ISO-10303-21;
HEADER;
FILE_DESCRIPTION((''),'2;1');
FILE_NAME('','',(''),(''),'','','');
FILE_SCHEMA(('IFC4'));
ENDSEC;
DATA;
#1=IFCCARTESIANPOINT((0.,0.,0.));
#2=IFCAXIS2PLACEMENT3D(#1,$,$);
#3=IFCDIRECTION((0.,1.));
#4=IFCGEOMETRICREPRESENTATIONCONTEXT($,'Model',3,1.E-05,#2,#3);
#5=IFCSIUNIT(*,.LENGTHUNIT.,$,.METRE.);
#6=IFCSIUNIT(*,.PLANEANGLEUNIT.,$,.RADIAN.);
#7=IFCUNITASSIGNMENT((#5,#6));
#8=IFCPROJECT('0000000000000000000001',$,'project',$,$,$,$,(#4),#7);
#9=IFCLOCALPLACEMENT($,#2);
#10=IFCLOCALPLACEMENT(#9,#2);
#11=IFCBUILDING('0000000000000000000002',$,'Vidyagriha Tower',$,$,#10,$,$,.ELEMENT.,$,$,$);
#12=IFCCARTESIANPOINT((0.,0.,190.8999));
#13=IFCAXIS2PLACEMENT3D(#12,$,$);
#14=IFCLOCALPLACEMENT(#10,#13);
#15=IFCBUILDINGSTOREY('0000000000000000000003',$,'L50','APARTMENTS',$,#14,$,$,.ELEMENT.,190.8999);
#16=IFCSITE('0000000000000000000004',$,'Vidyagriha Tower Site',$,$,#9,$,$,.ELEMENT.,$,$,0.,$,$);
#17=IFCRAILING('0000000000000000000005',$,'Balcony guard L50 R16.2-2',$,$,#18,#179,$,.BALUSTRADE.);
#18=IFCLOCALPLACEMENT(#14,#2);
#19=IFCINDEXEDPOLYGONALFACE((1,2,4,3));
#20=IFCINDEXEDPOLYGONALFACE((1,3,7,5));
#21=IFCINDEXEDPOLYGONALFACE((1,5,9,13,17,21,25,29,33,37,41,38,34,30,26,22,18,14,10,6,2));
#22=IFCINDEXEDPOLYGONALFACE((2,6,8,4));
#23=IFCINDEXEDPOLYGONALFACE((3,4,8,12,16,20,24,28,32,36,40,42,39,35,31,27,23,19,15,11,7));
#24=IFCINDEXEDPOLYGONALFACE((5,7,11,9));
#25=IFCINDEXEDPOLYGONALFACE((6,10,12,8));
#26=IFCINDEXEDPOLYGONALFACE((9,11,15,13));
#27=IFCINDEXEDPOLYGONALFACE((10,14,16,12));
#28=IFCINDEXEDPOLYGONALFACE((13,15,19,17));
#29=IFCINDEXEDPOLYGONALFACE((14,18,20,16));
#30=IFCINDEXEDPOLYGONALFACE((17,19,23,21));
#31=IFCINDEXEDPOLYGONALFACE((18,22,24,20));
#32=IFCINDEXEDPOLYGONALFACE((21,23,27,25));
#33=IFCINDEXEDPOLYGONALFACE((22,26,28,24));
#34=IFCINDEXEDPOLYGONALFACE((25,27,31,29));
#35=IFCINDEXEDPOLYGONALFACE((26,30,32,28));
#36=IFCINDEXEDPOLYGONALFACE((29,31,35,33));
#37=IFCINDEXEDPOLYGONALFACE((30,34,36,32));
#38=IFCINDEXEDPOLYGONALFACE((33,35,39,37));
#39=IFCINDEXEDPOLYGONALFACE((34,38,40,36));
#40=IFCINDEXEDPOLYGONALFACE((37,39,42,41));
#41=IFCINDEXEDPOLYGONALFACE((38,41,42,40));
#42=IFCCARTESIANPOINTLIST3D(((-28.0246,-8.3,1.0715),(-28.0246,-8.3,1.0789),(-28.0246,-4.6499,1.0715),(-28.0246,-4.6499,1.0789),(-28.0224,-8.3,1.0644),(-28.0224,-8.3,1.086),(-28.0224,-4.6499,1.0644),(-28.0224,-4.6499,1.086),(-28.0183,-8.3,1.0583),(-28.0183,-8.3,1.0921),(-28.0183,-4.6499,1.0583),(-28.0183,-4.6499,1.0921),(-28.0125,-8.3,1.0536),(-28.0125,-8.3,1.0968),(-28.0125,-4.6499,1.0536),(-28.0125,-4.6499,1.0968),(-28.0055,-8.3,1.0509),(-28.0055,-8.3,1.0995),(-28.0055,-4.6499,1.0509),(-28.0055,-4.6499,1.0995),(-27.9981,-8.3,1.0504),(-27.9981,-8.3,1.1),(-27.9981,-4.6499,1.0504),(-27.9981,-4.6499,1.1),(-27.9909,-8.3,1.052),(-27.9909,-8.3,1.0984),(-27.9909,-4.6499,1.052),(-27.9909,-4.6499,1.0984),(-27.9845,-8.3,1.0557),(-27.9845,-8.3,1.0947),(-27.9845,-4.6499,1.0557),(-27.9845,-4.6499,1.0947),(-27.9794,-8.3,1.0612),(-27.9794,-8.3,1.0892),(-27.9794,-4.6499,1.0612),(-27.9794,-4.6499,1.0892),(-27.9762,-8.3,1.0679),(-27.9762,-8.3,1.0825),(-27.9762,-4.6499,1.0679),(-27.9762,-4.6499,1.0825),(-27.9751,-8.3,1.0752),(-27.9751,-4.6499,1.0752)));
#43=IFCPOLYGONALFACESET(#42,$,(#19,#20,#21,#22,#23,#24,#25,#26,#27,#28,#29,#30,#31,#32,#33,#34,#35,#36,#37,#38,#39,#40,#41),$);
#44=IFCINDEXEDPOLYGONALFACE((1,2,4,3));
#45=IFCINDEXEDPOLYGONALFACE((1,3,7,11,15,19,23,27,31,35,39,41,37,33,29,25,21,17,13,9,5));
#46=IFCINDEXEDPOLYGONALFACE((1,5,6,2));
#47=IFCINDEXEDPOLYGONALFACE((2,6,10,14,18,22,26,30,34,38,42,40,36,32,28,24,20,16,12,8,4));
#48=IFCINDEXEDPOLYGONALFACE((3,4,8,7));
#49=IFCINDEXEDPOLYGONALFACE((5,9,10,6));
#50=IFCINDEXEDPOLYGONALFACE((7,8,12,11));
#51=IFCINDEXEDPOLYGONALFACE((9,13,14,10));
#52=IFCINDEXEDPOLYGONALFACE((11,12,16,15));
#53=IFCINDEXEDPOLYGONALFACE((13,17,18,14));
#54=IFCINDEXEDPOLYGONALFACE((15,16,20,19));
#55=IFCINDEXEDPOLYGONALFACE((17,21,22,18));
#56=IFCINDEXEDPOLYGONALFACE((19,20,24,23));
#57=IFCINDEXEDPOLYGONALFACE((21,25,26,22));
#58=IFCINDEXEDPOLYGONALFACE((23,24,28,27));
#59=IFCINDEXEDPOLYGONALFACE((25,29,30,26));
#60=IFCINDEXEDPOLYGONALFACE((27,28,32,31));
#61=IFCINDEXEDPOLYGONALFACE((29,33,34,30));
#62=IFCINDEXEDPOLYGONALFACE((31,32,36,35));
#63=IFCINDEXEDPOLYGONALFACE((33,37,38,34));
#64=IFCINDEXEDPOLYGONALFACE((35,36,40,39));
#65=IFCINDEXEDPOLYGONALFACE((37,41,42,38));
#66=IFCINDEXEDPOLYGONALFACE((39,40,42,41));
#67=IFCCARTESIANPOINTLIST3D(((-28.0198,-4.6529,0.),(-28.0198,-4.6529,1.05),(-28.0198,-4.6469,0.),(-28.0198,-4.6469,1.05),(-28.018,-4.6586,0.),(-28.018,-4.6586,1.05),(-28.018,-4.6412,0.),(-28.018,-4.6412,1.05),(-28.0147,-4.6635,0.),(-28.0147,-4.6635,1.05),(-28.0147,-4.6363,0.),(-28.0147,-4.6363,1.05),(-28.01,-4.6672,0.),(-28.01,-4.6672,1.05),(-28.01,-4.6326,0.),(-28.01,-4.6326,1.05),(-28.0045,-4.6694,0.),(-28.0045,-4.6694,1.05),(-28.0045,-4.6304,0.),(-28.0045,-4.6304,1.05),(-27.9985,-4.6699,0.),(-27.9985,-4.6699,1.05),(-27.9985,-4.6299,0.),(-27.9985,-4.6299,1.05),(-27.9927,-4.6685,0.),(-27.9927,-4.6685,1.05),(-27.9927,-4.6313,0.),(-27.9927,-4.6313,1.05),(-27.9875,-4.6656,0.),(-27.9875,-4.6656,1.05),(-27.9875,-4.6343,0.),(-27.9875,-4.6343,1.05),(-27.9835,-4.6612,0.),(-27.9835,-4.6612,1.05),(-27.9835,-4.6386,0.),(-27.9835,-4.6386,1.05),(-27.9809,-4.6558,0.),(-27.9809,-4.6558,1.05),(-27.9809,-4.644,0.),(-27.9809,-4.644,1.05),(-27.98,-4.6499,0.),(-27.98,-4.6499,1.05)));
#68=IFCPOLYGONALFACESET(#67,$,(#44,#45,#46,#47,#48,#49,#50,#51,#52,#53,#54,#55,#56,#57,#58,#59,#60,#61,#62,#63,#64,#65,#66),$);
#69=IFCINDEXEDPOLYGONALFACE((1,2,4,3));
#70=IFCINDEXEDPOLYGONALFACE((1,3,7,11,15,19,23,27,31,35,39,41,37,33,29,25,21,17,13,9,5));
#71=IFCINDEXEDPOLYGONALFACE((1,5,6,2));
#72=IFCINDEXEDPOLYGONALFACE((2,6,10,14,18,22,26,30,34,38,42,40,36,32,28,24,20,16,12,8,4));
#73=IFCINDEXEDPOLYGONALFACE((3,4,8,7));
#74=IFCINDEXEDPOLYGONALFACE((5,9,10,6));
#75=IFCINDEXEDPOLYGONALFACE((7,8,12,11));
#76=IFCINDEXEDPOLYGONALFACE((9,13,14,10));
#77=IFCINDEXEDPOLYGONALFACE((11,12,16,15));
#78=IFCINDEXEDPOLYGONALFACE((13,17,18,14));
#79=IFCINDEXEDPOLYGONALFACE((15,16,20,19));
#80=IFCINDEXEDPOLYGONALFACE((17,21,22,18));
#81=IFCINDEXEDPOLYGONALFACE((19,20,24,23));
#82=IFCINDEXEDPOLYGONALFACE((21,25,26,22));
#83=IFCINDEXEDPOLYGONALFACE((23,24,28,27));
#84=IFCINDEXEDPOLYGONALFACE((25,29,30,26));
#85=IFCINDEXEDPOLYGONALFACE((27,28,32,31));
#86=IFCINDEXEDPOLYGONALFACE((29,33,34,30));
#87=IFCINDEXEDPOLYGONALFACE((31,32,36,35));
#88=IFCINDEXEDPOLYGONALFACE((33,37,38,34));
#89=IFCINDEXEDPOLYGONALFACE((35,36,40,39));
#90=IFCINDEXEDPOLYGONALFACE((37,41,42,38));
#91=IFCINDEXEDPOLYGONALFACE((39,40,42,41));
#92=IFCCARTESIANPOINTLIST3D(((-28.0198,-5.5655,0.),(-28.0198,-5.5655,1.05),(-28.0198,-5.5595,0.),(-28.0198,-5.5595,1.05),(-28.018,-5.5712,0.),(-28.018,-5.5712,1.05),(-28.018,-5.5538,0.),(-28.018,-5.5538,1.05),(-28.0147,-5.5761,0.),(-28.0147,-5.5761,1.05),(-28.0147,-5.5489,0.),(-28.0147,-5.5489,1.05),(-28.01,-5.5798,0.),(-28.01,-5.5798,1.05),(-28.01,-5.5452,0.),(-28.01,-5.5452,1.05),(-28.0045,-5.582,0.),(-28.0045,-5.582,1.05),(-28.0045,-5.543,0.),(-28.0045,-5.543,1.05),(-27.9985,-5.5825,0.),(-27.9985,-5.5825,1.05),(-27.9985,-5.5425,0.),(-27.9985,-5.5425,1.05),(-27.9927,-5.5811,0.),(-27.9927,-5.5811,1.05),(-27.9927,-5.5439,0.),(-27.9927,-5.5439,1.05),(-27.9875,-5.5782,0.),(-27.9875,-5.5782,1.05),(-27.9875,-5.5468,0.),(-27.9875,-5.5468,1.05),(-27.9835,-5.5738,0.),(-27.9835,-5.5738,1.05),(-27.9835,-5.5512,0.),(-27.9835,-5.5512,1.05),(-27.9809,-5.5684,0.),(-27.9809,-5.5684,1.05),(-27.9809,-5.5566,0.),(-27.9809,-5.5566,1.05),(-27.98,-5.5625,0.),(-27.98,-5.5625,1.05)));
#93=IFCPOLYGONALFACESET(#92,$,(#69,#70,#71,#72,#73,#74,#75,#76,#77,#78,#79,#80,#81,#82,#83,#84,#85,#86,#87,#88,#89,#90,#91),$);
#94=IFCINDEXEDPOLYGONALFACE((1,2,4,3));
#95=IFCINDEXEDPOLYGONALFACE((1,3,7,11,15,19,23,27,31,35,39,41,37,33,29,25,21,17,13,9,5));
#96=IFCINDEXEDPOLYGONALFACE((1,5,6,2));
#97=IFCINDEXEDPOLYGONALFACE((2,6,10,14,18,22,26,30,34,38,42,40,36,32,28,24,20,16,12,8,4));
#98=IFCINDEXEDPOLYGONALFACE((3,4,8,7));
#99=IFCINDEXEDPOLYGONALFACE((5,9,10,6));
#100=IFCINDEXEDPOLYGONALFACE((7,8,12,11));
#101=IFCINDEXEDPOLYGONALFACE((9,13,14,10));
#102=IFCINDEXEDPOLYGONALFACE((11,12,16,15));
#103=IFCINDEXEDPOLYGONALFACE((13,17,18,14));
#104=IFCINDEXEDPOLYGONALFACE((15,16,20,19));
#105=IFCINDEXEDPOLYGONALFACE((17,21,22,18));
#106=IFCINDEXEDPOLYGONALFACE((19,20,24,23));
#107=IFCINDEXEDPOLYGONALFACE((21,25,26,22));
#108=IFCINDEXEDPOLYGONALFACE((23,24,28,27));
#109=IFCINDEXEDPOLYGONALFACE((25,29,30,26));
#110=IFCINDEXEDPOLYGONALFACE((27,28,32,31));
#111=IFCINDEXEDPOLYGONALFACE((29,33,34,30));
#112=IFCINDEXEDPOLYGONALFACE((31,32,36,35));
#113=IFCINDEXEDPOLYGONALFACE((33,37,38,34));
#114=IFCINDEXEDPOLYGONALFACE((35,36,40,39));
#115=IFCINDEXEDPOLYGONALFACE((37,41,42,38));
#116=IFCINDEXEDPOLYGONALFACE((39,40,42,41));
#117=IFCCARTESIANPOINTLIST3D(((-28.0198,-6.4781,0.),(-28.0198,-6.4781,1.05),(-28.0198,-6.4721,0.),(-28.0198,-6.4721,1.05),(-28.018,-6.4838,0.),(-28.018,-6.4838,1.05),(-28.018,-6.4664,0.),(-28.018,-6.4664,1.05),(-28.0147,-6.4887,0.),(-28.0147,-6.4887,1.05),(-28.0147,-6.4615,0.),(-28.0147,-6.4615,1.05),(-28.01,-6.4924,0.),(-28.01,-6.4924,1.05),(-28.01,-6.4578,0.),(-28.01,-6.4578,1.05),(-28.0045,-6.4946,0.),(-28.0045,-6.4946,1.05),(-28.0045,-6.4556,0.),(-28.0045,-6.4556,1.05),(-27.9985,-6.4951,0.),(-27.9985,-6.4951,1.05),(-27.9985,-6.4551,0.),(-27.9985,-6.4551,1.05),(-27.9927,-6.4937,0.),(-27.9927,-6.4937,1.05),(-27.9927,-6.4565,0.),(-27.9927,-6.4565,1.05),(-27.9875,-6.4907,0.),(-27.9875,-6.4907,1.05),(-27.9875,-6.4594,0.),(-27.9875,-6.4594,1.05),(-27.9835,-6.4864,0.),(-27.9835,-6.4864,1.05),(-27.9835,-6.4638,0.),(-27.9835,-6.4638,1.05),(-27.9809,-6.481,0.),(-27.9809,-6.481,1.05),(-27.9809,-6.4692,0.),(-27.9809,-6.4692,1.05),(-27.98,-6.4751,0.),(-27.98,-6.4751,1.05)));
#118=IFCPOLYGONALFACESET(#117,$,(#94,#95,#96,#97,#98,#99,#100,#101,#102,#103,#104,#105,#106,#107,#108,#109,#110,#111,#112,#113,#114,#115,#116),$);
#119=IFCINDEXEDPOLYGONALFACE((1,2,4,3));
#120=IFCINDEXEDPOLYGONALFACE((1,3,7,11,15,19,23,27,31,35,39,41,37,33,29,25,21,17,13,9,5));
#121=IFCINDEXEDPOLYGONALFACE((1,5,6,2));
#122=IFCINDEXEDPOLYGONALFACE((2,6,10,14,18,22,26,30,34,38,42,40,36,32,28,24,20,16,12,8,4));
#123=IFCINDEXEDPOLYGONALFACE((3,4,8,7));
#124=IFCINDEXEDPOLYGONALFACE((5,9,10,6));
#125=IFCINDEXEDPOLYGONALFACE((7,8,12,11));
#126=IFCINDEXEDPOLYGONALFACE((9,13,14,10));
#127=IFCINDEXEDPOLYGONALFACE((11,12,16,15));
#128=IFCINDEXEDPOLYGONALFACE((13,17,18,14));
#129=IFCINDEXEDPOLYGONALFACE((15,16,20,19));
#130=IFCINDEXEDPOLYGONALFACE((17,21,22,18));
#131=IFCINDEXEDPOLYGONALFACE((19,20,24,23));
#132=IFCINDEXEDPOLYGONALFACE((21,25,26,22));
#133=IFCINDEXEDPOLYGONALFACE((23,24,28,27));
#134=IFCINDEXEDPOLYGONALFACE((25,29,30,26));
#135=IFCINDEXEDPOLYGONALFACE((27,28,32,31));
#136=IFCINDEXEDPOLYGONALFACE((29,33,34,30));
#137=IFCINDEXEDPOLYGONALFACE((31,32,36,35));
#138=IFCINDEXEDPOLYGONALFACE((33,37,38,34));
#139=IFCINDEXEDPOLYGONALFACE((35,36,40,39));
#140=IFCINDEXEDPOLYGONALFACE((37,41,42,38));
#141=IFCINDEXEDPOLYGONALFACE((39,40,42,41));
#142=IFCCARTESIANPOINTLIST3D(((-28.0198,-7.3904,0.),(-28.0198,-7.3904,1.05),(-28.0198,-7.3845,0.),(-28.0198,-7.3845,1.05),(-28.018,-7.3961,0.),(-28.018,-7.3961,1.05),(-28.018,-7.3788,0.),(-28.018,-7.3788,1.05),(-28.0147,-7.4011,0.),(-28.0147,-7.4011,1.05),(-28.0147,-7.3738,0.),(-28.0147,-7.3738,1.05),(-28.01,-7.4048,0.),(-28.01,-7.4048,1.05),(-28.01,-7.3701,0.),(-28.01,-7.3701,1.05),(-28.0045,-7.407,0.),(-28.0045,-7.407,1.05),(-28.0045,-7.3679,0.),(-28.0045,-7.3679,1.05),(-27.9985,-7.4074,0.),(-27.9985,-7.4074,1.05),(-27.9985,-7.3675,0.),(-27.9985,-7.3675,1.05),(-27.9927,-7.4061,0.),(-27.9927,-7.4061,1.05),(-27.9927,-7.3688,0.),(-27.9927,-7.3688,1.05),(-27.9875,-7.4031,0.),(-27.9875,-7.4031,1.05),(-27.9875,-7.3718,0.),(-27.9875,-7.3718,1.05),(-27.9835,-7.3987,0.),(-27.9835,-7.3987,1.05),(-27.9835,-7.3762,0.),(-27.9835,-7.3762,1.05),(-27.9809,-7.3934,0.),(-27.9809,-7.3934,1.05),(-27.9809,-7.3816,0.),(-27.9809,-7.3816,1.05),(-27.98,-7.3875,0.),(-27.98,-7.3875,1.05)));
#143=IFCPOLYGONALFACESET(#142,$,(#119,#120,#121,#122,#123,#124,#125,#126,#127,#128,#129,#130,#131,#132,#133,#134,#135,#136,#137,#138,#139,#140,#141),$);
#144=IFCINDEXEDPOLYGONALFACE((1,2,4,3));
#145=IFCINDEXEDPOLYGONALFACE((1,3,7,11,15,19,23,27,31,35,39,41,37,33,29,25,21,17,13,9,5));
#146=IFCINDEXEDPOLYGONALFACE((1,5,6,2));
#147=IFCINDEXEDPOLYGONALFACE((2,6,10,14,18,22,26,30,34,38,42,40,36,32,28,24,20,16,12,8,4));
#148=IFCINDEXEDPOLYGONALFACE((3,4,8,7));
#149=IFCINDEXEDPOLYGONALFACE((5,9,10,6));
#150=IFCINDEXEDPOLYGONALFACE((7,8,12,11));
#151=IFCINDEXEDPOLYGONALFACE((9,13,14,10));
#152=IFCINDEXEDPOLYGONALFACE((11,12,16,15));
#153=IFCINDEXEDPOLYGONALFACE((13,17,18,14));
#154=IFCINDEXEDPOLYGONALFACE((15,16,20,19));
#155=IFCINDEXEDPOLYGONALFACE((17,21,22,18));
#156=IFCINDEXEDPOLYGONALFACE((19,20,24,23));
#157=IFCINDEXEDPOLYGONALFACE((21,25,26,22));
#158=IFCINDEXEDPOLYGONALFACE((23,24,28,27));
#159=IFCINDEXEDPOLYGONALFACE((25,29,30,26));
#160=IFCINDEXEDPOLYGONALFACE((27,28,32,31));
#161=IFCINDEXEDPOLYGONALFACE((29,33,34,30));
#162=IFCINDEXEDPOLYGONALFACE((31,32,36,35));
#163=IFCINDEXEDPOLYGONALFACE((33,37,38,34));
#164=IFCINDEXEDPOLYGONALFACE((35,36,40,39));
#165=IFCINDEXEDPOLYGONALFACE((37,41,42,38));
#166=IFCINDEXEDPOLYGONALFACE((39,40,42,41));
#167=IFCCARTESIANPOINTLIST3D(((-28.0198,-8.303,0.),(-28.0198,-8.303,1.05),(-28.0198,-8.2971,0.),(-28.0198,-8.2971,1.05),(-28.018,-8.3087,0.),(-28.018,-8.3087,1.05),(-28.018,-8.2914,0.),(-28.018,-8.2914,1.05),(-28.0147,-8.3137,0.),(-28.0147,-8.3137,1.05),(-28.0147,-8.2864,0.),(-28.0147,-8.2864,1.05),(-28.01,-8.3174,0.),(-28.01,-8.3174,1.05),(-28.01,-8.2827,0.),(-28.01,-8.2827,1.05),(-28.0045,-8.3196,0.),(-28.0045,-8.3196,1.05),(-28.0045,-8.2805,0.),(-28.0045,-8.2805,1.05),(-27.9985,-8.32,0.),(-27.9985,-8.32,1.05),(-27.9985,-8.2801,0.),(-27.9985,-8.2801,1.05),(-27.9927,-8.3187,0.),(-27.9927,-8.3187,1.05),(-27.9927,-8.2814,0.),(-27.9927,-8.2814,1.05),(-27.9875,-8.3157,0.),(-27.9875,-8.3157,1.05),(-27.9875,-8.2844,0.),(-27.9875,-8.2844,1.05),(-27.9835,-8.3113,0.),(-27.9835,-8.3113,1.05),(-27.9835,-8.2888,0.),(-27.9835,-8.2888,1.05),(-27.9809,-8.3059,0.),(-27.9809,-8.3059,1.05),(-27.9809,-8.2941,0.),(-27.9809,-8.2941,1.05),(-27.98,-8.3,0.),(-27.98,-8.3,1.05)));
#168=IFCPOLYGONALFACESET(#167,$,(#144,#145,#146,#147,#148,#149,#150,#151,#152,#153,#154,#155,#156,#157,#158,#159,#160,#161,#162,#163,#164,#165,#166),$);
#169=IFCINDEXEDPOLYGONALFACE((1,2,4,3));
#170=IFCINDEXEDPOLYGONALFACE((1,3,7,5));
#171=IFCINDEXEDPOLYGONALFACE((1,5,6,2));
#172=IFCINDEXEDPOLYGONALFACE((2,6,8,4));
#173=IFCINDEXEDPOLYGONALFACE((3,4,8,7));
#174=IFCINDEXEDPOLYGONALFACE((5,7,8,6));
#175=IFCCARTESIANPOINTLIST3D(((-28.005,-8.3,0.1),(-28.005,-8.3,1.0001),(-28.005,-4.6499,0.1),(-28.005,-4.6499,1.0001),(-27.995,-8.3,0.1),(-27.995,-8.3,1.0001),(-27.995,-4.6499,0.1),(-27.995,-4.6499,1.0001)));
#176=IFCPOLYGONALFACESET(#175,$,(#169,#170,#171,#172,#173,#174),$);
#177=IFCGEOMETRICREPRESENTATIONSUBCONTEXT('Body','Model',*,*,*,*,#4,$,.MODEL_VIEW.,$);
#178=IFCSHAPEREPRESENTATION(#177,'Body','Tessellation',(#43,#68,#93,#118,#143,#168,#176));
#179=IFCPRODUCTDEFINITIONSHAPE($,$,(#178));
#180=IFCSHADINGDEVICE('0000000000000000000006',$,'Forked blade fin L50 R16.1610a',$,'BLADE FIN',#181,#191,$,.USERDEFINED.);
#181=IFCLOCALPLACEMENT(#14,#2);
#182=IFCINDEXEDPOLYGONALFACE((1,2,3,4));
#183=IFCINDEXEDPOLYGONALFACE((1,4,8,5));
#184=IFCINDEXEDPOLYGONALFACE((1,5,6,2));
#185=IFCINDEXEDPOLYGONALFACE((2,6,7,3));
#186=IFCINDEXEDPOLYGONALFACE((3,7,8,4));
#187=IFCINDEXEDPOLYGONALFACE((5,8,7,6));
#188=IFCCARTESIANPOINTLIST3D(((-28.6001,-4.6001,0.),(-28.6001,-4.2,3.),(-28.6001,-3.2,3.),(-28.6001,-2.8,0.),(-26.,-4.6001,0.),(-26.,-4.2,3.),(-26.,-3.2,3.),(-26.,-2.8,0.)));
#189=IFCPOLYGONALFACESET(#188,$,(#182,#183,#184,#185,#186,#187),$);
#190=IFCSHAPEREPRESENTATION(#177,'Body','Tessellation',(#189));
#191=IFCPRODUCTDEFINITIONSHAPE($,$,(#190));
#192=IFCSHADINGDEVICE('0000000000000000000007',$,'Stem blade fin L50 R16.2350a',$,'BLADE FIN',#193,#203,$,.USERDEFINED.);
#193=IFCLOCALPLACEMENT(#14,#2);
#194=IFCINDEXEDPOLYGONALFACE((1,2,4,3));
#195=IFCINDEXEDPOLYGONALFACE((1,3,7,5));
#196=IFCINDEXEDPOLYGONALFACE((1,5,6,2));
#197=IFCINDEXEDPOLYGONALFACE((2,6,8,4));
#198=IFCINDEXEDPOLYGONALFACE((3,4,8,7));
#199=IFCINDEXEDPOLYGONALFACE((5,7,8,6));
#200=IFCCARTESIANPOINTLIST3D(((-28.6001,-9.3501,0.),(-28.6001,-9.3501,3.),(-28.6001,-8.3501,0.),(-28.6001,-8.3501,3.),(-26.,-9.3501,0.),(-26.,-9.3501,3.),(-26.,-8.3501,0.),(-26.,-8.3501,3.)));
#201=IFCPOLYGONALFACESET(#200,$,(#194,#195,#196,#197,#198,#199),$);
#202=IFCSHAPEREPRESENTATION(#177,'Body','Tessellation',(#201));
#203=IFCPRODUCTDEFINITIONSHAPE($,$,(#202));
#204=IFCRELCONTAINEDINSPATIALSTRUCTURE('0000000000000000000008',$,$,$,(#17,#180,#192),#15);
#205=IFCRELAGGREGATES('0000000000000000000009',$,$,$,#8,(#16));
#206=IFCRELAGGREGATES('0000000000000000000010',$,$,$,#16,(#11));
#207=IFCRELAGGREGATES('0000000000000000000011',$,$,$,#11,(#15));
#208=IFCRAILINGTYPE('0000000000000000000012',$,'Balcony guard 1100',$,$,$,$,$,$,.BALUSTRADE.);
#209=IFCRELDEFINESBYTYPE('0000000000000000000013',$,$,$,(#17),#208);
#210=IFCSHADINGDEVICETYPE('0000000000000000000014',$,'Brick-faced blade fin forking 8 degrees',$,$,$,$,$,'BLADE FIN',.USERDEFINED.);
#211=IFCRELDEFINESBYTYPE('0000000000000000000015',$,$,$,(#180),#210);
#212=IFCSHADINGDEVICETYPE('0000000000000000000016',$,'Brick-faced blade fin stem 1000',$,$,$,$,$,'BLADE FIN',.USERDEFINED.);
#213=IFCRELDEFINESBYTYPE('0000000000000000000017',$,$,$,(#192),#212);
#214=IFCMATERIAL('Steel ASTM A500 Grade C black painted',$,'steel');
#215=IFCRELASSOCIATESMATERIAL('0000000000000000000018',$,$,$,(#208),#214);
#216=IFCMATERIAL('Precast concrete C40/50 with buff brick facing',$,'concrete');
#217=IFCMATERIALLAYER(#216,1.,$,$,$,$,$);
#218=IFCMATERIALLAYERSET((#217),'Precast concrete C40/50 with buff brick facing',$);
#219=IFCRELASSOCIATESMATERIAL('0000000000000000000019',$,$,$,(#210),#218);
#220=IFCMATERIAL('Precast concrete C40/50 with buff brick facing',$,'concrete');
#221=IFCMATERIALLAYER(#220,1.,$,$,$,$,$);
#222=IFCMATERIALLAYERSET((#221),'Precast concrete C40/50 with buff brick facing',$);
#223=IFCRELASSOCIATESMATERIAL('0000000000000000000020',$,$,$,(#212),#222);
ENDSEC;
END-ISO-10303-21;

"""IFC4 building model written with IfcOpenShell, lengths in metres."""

from ifc_helpers import new_model, si_unit, direction, frame, origin, origin_2d, place, context, subcontext, project, spatial, polyline, rectangle, circle, outline, extrude, material, layer, layer_set, type_object, element, save


model = new_model("IFC4")

# Units and contexts
model_context = context("Model", 3, precision=1e-05, world=origin(), true_north=direction((0.0, 1.0)))
body_context = subcontext(model_context, "Body", "Model", "MODEL_VIEW")
ifc_project = project(units=[si_unit("LENGTHUNIT", "METRE"), si_unit("PLANEANGLEUNIT", "RADIAN")], contexts=[model_context])

# Site, building, storey
site_placement = place(None, origin())
site = spatial("IfcSite", under=ifc_project, at=site_placement, Name="Vidyagriha Tower Site", CompositionType="ELEMENT", RefElevation=0.0)
building_placement = place(site_placement, origin())
building = spatial("IfcBuilding", under=site, at=building_placement, Name="Vidyagriha Tower", CompositionType="ELEMENT")
storey_placement = place(building_placement, frame((0.0, 0.0, 190.8999)))
storey = spatial("IfcBuildingStorey", under=building, at=storey_placement, Name="L50", Description="APARTMENTS", CompositionType="ELEMENT", Elevation=190.8999)

# Railing
ifc_material_1 = material(Name="Steel ASTM A500 Grade C black painted", Category="steel")
railing_type_1 = type_object("IfcRailingType", Name="Balcony guard 1100", PredefinedType="BALUSTRADE", material=ifc_material_1)
railing_1_placement = place(storey_placement, frame((-28.0, -4.6499, 0.0)))
element("IfcRailing", 1, at=railing_1_placement, inside=storey, type_object=railing_type_1, Name="Balcony guard L50 R16.2-2", PredefinedType="BALUSTRADE", context=body_context, shape_type="SweptSolid", body=[
    extrude(circle(Radius=0.0249, at=origin_2d()), frame((0.0, 0.0, 1.0752), z_axis=(0.0, -1.0, 0.0), x_axis=(1.0, 0.0, 0.0)), (0.0, 0.0, 1.0), 3.6501),
    extrude(circle(Radius=0.02, at=origin_2d()), origin(), (0.0, 0.0, 1.0), 1.05),
    extrude(circle(Radius=0.02, at=origin_2d()), frame((0.0, -0.9126, 0.0)), (0.0, 0.0, 1.0), 1.05),
    extrude(circle(Radius=0.02, at=origin_2d()), frame((0.0, -1.8252, 0.0)), (0.0, 0.0, 1.0), 1.05),
    extrude(circle(Radius=0.02, at=origin_2d()), frame((0.0, -2.7375, 0.0)), (0.0, 0.0, 1.0), 1.05),
    extrude(circle(Radius=0.02, at=origin_2d()), frame((0.0, -3.6501, 0.0)), (0.0, 0.0, 1.0), 1.05),
    extrude(rectangle(XDim=0.01, YDim=0.9001, at=origin_2d()), frame((0.0, 0.0, 0.55), z_axis=(0.0, -1.0, 0.0), x_axis=(1.0, 0.0, 0.0)), (0.0, 0.0, 1.0), 3.6501),
])

# Shading devices
ifc_material_2 = material(Name="Precast concrete C40/50 with buff brick facing", Category="concrete")
ifc_layer_1 = layer(ifc_material_2, 1.0)
ifc_layer_set_1 = layer_set([ifc_layer_1], Name="Precast concrete C40/50 with buff brick facing")
shading_device_type_1 = type_object("IfcShadingDeviceType", Name="Brick-faced blade fin forking 8 degrees", ElementType="BLADE FIN", PredefinedType="USERDEFINED", material=ifc_layer_set_1)
shading_device_1_placement = place(storey_placement, frame((-27.3, -2.8, 0.0), z_axis=(0.0, 0.0, 1.0), x_axis=(0.0, -1.0, 0.0)))
element("IfcShadingDevice", 2, at=shading_device_1_placement, inside=storey, type_object=shading_device_type_1, Name="Forked blade fin L50 R16.1610a", ObjectType="BLADE FIN", PredefinedType="USERDEFINED", context=body_context, shape_type="SweptSolid", body=[
    extrude(outline(polyline([(0.0, 0.0), (1.8, 0.0), (1.3999, 3.0), (0.3999, 3.0), (0.0, 0.0)])), frame((0.0, 1.3, 0.0), z_axis=(0.0, -1.0, 0.0), x_axis=(1.0, 0.0, 0.0)), (0.0, 0.0, 1.0), 2.6001),
])
ifc_material_3 = material(Name="Precast concrete C40/50 with buff brick facing", Category="concrete")
ifc_layer_2 = layer(ifc_material_3, 1.0)
ifc_layer_set_2 = layer_set([ifc_layer_2], Name="Precast concrete C40/50 with buff brick facing")
shading_device_type_2 = type_object("IfcShadingDeviceType", Name="Brick-faced blade fin stem 1000", ElementType="BLADE FIN", PredefinedType="USERDEFINED", material=ifc_layer_set_2)
shading_device_2_placement = place(storey_placement, frame((-27.3, -8.3501, 0.0), z_axis=(0.0, 0.0, 1.0), x_axis=(0.0, -1.0, 0.0)))
element("IfcShadingDevice", 3, at=shading_device_2_placement, inside=storey, type_object=shading_device_type_2, Name="Stem blade fin L50 R16.2350a", ObjectType="BLADE FIN", PredefinedType="USERDEFINED", context=body_context, shape_type="SweptSolid", body=[
    extrude(outline(polyline([(0.0, 0.0), (1.0, 0.0), (1.0, 3.0), (0.0, 3.0), (0.0, 0.0)])), frame((0.0, 1.3, 0.0), z_axis=(0.0, -1.0, 0.0), x_axis=(1.0, 0.0, 0.0)), (0.0, 0.0, 1.0), 2.6001),
])

save(model, "model.ifc")
